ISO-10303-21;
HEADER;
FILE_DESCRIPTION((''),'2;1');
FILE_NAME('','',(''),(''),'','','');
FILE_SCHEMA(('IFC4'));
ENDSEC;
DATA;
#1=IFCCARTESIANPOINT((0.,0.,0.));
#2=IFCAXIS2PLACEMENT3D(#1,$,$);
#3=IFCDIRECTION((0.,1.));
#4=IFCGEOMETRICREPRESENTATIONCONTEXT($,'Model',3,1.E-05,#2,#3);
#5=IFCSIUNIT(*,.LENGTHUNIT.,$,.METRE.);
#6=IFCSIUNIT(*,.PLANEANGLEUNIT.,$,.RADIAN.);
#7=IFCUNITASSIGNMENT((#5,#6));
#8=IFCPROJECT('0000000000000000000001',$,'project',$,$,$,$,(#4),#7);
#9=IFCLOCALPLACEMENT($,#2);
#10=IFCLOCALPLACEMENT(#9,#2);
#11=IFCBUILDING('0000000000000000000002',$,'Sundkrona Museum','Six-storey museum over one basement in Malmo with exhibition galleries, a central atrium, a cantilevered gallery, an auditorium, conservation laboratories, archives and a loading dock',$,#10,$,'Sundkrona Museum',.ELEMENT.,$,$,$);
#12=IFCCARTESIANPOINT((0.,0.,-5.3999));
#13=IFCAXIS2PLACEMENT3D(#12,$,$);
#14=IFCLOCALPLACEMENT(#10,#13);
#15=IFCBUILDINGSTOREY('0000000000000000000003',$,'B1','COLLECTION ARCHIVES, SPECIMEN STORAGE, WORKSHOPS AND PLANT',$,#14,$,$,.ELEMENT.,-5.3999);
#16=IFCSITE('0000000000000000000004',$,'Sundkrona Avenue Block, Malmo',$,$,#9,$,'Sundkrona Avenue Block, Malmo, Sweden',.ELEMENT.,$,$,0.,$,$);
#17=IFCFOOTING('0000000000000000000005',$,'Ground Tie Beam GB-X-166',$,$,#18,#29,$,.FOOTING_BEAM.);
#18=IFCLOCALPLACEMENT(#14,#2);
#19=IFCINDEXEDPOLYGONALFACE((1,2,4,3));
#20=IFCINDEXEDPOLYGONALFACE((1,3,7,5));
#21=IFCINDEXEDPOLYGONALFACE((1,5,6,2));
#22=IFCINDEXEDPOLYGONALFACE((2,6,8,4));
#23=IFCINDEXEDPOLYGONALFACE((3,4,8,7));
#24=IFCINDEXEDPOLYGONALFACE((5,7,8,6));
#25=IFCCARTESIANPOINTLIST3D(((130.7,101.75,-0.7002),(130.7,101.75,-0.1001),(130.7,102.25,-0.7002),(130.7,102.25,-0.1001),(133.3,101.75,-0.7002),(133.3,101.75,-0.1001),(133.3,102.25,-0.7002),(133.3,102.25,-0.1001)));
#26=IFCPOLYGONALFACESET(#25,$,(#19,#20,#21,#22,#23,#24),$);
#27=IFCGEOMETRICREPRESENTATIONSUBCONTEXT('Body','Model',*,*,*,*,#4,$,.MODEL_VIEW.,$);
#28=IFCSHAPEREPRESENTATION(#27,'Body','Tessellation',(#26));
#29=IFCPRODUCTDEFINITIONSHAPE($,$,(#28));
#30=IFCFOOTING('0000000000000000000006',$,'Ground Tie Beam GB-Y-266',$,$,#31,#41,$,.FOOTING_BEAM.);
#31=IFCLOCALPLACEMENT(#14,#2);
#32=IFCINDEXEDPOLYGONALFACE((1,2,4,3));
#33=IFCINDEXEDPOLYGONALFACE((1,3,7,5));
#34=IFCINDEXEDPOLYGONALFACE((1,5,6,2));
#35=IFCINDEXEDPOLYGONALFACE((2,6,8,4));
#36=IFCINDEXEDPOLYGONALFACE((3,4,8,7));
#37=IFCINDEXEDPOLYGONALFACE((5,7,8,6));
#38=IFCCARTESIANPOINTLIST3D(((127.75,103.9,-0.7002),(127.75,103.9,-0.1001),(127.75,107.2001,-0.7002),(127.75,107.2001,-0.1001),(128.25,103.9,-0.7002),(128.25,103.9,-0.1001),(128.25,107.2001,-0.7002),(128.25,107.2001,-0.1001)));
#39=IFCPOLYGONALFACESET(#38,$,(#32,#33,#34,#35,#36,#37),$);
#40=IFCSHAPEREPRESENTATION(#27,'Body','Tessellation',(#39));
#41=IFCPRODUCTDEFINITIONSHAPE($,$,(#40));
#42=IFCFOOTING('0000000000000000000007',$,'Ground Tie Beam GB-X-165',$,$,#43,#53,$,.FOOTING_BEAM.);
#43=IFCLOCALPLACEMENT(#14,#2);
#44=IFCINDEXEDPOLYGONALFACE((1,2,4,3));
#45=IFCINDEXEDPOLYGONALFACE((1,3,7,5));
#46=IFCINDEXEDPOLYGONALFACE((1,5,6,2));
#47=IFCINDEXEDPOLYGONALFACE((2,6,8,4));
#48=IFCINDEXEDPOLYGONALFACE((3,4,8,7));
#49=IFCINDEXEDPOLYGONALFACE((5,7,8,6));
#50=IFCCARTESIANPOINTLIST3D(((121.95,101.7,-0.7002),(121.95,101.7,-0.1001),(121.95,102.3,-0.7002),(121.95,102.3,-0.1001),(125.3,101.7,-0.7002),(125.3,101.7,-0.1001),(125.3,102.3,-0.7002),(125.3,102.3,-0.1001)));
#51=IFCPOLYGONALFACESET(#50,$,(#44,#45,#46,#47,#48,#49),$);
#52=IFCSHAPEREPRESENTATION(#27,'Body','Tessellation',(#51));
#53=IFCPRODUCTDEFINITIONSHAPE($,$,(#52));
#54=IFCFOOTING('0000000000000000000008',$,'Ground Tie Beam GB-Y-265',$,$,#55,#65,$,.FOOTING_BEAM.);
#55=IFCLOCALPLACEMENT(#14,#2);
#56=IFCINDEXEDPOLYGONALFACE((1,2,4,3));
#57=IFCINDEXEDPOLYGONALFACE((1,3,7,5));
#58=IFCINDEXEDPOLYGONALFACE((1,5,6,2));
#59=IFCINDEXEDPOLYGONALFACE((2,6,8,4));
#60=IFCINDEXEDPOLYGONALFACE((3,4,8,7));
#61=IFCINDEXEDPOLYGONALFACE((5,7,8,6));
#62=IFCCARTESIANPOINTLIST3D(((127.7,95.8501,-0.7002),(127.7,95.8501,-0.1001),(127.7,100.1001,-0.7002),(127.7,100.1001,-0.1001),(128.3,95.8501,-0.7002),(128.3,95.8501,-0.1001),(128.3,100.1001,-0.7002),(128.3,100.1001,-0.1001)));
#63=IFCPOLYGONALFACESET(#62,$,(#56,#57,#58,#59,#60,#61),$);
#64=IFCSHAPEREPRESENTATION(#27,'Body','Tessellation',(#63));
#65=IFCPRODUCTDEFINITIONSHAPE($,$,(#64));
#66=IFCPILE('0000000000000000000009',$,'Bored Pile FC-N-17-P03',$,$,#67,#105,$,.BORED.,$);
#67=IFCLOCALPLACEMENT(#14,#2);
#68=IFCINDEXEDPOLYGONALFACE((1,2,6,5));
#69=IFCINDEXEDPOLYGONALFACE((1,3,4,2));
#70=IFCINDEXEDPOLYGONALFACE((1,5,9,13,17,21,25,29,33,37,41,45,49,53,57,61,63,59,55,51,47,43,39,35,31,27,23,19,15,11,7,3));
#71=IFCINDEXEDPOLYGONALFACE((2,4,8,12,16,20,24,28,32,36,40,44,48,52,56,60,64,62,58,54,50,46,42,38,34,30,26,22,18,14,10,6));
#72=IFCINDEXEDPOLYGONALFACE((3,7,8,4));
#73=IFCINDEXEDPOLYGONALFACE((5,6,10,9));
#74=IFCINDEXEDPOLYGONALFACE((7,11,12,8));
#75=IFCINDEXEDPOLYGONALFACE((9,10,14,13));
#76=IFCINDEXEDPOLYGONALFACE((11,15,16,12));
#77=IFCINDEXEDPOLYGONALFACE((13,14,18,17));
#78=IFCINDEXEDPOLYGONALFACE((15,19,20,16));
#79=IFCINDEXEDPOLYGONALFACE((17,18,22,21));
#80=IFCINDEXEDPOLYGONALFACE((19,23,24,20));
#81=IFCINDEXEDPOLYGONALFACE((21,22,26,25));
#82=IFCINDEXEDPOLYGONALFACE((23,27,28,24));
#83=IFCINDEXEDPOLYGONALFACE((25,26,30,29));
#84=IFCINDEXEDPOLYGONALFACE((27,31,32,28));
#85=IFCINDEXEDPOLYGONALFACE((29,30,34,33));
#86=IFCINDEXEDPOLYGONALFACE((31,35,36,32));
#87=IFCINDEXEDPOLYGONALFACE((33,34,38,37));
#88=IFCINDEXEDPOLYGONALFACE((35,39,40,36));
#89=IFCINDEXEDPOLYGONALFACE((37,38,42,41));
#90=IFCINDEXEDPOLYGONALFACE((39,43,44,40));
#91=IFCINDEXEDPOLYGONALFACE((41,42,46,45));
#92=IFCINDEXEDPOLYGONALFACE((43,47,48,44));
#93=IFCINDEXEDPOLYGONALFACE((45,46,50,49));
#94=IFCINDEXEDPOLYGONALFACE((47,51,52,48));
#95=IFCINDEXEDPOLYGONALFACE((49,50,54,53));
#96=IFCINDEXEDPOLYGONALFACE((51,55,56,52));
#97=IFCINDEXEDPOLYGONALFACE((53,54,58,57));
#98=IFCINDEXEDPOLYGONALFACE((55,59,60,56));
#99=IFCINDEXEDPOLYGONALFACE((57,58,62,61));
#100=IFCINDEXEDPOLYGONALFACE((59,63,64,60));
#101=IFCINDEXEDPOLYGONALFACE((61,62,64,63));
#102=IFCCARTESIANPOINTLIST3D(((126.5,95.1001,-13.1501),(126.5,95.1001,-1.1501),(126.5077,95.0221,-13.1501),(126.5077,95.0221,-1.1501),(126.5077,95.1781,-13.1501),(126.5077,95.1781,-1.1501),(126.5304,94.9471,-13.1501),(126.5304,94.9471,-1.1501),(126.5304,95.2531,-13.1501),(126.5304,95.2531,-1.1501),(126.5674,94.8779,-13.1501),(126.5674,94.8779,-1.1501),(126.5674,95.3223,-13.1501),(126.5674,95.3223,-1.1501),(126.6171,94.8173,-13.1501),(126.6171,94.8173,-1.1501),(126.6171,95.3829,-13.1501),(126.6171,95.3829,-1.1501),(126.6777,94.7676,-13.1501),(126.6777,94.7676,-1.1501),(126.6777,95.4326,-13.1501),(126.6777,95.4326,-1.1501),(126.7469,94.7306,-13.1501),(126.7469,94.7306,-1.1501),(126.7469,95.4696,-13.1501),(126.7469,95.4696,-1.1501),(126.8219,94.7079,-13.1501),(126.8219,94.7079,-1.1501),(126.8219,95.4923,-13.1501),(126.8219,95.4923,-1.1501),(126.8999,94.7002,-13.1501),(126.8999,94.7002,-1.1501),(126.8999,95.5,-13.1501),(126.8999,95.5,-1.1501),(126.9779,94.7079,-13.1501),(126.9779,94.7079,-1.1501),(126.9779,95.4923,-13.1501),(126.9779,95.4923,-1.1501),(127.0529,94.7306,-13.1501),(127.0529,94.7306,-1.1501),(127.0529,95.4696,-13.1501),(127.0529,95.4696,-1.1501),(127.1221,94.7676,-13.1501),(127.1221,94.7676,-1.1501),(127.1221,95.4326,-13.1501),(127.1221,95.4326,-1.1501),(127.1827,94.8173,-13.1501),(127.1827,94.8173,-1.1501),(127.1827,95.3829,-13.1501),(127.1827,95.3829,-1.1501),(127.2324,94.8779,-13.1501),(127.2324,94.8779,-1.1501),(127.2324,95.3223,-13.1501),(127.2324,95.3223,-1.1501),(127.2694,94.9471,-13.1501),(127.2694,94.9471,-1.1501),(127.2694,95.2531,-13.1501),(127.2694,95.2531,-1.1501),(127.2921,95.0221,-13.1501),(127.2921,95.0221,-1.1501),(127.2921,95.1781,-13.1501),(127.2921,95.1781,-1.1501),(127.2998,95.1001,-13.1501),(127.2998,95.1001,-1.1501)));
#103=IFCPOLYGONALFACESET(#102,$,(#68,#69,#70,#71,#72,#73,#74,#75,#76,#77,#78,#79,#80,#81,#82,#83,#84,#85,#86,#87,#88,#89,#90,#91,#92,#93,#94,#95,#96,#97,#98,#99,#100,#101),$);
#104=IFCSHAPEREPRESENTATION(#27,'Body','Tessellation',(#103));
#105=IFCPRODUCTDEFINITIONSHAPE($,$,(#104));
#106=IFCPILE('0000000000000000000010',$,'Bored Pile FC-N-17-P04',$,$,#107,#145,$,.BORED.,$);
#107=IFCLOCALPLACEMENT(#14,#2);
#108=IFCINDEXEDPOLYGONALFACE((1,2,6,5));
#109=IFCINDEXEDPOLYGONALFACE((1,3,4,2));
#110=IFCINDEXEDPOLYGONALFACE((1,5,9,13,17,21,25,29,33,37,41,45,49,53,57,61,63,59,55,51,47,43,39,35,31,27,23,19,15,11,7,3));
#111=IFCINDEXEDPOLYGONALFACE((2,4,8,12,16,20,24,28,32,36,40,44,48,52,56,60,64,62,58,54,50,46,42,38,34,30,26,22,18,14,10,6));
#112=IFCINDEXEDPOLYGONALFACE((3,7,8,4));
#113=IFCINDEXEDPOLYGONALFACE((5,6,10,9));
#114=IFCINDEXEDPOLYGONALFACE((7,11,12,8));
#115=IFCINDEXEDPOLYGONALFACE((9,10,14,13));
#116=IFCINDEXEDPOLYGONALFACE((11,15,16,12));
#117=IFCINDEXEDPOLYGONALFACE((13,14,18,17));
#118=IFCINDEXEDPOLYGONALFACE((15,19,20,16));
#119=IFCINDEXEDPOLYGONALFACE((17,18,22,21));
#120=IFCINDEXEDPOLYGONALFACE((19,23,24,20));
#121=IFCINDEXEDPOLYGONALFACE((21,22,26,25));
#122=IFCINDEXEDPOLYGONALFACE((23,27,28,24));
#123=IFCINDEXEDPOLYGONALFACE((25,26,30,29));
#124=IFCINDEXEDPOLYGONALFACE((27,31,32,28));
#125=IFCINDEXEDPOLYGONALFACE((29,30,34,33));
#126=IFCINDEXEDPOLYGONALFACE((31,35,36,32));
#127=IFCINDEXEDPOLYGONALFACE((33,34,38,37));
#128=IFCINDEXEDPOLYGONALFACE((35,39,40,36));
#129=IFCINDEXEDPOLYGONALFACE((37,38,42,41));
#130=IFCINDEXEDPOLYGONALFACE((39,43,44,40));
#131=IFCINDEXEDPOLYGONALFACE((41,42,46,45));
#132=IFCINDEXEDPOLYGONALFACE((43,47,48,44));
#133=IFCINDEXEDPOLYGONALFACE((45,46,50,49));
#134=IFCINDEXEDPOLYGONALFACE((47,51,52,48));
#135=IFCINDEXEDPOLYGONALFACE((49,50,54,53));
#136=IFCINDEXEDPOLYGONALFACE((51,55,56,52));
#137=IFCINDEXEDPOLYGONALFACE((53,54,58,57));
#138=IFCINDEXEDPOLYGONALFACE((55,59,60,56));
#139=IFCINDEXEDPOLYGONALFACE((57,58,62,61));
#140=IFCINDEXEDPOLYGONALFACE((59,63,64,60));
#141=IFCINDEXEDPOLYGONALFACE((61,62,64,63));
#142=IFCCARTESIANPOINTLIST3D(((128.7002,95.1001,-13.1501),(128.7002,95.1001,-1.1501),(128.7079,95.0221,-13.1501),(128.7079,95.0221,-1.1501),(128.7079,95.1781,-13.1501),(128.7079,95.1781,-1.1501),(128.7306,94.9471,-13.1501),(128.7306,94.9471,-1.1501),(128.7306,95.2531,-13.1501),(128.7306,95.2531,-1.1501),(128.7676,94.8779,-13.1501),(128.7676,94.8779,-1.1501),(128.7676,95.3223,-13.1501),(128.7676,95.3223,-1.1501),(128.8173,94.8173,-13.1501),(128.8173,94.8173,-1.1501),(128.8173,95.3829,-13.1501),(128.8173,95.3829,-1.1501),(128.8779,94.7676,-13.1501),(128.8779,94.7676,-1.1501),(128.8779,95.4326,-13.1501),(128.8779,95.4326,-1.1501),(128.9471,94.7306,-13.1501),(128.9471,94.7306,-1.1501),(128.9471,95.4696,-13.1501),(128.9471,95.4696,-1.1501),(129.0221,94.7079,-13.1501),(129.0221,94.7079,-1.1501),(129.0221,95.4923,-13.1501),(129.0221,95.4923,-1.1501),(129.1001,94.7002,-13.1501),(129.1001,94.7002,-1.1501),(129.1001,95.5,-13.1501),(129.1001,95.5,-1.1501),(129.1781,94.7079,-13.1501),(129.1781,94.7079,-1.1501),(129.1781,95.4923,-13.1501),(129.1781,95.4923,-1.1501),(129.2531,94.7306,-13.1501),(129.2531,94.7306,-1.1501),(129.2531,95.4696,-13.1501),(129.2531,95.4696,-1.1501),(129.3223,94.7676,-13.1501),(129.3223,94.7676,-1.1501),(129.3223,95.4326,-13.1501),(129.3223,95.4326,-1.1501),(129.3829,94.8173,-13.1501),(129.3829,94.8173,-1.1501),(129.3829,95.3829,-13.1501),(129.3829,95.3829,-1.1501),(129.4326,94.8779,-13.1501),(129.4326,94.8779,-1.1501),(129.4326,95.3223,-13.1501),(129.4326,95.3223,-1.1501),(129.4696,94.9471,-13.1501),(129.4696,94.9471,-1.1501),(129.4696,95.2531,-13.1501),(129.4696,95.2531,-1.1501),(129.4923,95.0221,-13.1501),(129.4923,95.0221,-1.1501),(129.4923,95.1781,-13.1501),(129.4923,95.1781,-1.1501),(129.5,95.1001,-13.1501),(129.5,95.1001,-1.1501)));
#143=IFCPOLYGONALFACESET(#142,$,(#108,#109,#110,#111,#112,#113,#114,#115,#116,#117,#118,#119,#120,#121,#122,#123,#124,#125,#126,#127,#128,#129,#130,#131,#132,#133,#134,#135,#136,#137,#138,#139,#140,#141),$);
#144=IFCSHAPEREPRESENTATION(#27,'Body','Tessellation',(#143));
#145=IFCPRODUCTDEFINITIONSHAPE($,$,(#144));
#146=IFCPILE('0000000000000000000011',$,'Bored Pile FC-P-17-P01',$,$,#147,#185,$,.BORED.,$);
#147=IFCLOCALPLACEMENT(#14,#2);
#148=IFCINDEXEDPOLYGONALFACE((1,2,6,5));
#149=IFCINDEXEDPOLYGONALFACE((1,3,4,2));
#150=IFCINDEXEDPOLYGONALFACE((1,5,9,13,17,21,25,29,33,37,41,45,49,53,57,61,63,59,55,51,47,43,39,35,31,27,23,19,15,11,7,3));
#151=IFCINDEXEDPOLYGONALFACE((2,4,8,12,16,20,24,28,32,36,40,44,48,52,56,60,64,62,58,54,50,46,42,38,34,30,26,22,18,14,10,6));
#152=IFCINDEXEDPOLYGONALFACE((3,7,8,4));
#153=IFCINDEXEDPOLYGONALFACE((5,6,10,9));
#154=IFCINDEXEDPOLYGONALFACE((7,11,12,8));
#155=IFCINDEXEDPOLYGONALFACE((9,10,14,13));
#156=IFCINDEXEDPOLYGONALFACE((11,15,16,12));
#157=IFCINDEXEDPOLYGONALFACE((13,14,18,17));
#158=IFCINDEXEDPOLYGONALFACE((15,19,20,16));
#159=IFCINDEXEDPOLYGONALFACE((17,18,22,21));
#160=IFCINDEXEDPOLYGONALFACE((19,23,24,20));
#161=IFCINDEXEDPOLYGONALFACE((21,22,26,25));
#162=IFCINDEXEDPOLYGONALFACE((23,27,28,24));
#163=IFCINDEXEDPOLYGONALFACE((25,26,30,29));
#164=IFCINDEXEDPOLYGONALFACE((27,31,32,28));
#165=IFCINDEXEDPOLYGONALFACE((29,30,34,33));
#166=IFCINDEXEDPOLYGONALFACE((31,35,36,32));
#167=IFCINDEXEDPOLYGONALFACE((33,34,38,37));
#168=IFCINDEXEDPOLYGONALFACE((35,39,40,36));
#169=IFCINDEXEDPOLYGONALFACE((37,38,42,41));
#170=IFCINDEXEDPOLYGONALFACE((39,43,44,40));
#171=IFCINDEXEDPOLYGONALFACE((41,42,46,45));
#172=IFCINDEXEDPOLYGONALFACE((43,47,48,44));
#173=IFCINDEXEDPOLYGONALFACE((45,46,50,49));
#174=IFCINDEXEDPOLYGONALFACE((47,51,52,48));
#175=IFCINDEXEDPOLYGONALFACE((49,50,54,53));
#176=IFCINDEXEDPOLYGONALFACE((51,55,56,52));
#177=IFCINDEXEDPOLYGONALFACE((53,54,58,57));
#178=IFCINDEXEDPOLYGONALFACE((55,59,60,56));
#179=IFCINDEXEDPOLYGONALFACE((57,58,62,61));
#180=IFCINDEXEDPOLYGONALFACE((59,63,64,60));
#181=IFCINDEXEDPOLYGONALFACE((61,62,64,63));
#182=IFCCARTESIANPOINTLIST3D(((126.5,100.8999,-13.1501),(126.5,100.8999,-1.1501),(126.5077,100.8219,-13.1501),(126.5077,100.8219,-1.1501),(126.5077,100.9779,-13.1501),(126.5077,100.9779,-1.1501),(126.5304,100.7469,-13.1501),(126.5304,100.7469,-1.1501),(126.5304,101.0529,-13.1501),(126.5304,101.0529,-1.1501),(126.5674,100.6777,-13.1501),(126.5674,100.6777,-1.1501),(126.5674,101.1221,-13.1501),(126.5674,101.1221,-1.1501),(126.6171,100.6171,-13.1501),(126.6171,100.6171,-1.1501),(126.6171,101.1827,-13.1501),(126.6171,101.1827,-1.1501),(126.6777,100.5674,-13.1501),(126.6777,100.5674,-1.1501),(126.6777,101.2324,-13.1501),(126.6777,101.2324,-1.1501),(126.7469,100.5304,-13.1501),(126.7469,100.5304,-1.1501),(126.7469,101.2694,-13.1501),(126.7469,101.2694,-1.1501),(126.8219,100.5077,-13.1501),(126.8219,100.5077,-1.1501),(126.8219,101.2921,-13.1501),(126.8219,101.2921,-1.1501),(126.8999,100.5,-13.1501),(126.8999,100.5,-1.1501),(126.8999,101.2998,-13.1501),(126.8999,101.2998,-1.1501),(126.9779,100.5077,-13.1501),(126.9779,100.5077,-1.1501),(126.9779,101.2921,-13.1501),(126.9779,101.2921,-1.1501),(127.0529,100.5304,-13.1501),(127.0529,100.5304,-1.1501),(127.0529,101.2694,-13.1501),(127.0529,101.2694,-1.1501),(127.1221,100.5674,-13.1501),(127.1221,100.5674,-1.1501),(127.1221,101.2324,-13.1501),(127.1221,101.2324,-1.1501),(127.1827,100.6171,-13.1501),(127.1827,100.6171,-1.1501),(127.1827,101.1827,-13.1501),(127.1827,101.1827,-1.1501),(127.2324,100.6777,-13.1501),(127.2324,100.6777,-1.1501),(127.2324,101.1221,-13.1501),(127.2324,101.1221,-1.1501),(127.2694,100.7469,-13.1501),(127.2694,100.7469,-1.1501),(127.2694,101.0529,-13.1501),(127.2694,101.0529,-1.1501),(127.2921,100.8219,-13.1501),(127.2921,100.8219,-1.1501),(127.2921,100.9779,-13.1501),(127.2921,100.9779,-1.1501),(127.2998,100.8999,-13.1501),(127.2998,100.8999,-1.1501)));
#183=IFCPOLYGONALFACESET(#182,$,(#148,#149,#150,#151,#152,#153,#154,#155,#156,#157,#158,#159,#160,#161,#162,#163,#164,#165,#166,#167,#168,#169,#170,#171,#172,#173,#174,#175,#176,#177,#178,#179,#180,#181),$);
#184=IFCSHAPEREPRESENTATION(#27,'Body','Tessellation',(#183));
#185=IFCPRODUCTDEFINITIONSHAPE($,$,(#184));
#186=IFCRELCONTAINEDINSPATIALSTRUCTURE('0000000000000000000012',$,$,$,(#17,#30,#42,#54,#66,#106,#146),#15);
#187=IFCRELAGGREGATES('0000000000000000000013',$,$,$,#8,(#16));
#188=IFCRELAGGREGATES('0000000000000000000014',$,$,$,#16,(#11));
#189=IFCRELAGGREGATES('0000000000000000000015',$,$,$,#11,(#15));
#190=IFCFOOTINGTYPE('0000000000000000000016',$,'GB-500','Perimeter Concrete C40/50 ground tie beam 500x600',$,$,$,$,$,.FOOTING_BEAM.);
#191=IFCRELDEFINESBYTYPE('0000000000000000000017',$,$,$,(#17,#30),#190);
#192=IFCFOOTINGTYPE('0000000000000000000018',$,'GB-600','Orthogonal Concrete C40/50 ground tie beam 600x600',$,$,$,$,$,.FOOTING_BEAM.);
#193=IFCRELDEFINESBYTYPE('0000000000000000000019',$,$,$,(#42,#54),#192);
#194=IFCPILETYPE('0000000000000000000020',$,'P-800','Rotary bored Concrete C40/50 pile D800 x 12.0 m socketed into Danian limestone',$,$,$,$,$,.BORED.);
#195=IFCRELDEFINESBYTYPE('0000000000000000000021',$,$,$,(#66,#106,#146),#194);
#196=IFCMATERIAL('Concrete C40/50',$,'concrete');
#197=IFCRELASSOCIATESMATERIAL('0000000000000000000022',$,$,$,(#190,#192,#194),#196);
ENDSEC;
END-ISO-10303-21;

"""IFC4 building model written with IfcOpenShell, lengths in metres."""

from ifc_helpers import new_model, si_unit, direction, frame, origin, origin_2d, place, context, subcontext, project, spatial, rectangle, circle, extrude, material, material_profile, profile_set, type_object, element, save


model = new_model("IFC4")

# Units and contexts
model_context = context("Model", 3, precision=1e-05, world=origin(), true_north=direction((0.0, 1.0)))
body_context = subcontext(model_context, "Body", "Model", "MODEL_VIEW")
ifc_project = project(units=[si_unit("LENGTHUNIT", "METRE"), si_unit("PLANEANGLEUNIT", "RADIAN")], contexts=[model_context])

# Site, building, storey
site_placement = place(None, origin())
site = spatial("IfcSite", under=ifc_project, at=site_placement, Name="Sundkrona Avenue Block, Malmo", LongName="Sundkrona Avenue Block, Malmo, Sweden", CompositionType="ELEMENT", RefElevation=0.0)
building_placement = place(site_placement, origin())
building = spatial("IfcBuilding", under=site, at=building_placement, Name="Sundkrona Museum", Description="Six-storey museum over one basement in Malmo with exhibition galleries, a central atrium, a cantilevered gallery, an auditorium, conservation laboratories, archives and a loading dock", LongName="Sundkrona Museum", CompositionType="ELEMENT")
storey_placement = place(building_placement, frame((0.0, 0.0, -5.3999)))
storey = spatial("IfcBuildingStorey", under=building, at=storey_placement, Name="B1", Description="COLLECTION ARCHIVES, SPECIMEN STORAGE, WORKSHOPS AND PLANT", CompositionType="ELEMENT", Elevation=-5.3999)

# Footings
ifc_material_1 = material(Name="Concrete C40/50", Category="concrete")
footing_type_1 = type_object("IfcFootingType", Name="GB-500", Description="Perimeter Concrete C40/50 ground tie beam 500x600", PredefinedType="FOOTING_BEAM", material=ifc_material_1)
footing_1_placement = place(storey_placement, frame((132.0, 102.0, -0.7002), z_axis=(0.0, 0.0, 1.0), x_axis=(1.0, 0.0, 0.0)))
element("IfcFooting", 1, at=footing_1_placement, inside=storey, type_object=footing_type_1, Name="Ground Tie Beam GB-X-166", PredefinedType="FOOTING_BEAM", context=body_context, shape_type="SweptSolid", body=[
    extrude(rectangle(XDim=2.6001, YDim=0.5, at=origin_2d()), origin(), (0.0, 0.0, 1.0), 0.6001),
])
footing_2_placement = place(storey_placement, frame((128.0, 105.55, -0.7002), z_axis=(0.0, 0.0, 1.0), x_axis=(0.0, 1.0, 0.0)))
element("IfcFooting", 2, at=footing_2_placement, inside=storey, type_object=footing_type_1, Name="Ground Tie Beam GB-Y-266", PredefinedType="FOOTING_BEAM", context=body_context, shape_type="SweptSolid", body=[
    extrude(rectangle(XDim=3.3, YDim=0.5, at=origin_2d()), origin(), (0.0, 0.0, 1.0), 0.6001),
])
footing_type_2 = type_object("IfcFootingType", Name="GB-600", Description="Orthogonal Concrete C40/50 ground tie beam 600x600", PredefinedType="FOOTING_BEAM", material=ifc_material_1)
footing_3_placement = place(storey_placement, frame((123.625, 102.0, -0.7002), z_axis=(0.0, 0.0, 1.0), x_axis=(1.0, 0.0, 0.0)))
element("IfcFooting", 3, at=footing_3_placement, inside=storey, type_object=footing_type_2, Name="Ground Tie Beam GB-X-165", PredefinedType="FOOTING_BEAM", context=body_context, shape_type="SweptSolid", body=[
    extrude(rectangle(XDim=3.3501, YDim=0.6001, at=origin_2d()), origin(), (0.0, 0.0, 1.0), 0.6001),
])
footing_4_placement = place(storey_placement, frame((128.0, 97.9751, -0.7002), z_axis=(0.0, 0.0, 1.0), x_axis=(0.0, 1.0, 0.0)))
element("IfcFooting", 4, at=footing_4_placement, inside=storey, type_object=footing_type_2, Name="Ground Tie Beam GB-Y-265", PredefinedType="FOOTING_BEAM", context=body_context, shape_type="SweptSolid", body=[
    extrude(rectangle(XDim=4.25, YDim=0.6001, at=origin_2d()), origin(), (0.0, 0.0, 1.0), 0.6001),
])

# Piles
ifc_material_profile_1 = material_profile(ifc_material_1, circle(Radius=0.3999, at=origin_2d()), Name="PILE D800")
ifc_profile_set_1 = profile_set([ifc_material_profile_1], Name="Concrete C40/50")
pile_type = type_object("IfcPileType", Name="P-800", Description="Rotary bored Concrete C40/50 pile D800 x 12.0 m socketed into Danian limestone", PredefinedType="BORED", material=ifc_profile_set_1)
for number, where, z_axis, x_axis, name in (
    (5, (126.8999, 95.1001, -1.1501), (0.0, 0.0, -1.0), (1.0, 0.0, 0.0), "Bored Pile FC-N-17-P03"),
    (6, (129.1001, 95.1001, -1.1501), (0.0, 0.0, -1.0), (1.0, 0.0, 0.0), "Bored Pile FC-N-17-P04"),
    (7, (126.8999, 100.8999, -1.1501), (0.0, 0.0, -1.0), (1.0, 0.0, 0.0), "Bored Pile FC-P-17-P01"),
):
    element("IfcPile", number, at=place(storey_placement, frame(where, z_axis=z_axis, x_axis=x_axis)), inside=storey, type_object=pile_type, Name=name, PredefinedType="BORED", context=body_context, shape_type="SweptSolid", body=[
        extrude(circle(Radius=0.3999, at=origin_2d()), origin(), (0.0, 0.0, 1.0), 12.0),
    ])

save(model, "model.ifc")
